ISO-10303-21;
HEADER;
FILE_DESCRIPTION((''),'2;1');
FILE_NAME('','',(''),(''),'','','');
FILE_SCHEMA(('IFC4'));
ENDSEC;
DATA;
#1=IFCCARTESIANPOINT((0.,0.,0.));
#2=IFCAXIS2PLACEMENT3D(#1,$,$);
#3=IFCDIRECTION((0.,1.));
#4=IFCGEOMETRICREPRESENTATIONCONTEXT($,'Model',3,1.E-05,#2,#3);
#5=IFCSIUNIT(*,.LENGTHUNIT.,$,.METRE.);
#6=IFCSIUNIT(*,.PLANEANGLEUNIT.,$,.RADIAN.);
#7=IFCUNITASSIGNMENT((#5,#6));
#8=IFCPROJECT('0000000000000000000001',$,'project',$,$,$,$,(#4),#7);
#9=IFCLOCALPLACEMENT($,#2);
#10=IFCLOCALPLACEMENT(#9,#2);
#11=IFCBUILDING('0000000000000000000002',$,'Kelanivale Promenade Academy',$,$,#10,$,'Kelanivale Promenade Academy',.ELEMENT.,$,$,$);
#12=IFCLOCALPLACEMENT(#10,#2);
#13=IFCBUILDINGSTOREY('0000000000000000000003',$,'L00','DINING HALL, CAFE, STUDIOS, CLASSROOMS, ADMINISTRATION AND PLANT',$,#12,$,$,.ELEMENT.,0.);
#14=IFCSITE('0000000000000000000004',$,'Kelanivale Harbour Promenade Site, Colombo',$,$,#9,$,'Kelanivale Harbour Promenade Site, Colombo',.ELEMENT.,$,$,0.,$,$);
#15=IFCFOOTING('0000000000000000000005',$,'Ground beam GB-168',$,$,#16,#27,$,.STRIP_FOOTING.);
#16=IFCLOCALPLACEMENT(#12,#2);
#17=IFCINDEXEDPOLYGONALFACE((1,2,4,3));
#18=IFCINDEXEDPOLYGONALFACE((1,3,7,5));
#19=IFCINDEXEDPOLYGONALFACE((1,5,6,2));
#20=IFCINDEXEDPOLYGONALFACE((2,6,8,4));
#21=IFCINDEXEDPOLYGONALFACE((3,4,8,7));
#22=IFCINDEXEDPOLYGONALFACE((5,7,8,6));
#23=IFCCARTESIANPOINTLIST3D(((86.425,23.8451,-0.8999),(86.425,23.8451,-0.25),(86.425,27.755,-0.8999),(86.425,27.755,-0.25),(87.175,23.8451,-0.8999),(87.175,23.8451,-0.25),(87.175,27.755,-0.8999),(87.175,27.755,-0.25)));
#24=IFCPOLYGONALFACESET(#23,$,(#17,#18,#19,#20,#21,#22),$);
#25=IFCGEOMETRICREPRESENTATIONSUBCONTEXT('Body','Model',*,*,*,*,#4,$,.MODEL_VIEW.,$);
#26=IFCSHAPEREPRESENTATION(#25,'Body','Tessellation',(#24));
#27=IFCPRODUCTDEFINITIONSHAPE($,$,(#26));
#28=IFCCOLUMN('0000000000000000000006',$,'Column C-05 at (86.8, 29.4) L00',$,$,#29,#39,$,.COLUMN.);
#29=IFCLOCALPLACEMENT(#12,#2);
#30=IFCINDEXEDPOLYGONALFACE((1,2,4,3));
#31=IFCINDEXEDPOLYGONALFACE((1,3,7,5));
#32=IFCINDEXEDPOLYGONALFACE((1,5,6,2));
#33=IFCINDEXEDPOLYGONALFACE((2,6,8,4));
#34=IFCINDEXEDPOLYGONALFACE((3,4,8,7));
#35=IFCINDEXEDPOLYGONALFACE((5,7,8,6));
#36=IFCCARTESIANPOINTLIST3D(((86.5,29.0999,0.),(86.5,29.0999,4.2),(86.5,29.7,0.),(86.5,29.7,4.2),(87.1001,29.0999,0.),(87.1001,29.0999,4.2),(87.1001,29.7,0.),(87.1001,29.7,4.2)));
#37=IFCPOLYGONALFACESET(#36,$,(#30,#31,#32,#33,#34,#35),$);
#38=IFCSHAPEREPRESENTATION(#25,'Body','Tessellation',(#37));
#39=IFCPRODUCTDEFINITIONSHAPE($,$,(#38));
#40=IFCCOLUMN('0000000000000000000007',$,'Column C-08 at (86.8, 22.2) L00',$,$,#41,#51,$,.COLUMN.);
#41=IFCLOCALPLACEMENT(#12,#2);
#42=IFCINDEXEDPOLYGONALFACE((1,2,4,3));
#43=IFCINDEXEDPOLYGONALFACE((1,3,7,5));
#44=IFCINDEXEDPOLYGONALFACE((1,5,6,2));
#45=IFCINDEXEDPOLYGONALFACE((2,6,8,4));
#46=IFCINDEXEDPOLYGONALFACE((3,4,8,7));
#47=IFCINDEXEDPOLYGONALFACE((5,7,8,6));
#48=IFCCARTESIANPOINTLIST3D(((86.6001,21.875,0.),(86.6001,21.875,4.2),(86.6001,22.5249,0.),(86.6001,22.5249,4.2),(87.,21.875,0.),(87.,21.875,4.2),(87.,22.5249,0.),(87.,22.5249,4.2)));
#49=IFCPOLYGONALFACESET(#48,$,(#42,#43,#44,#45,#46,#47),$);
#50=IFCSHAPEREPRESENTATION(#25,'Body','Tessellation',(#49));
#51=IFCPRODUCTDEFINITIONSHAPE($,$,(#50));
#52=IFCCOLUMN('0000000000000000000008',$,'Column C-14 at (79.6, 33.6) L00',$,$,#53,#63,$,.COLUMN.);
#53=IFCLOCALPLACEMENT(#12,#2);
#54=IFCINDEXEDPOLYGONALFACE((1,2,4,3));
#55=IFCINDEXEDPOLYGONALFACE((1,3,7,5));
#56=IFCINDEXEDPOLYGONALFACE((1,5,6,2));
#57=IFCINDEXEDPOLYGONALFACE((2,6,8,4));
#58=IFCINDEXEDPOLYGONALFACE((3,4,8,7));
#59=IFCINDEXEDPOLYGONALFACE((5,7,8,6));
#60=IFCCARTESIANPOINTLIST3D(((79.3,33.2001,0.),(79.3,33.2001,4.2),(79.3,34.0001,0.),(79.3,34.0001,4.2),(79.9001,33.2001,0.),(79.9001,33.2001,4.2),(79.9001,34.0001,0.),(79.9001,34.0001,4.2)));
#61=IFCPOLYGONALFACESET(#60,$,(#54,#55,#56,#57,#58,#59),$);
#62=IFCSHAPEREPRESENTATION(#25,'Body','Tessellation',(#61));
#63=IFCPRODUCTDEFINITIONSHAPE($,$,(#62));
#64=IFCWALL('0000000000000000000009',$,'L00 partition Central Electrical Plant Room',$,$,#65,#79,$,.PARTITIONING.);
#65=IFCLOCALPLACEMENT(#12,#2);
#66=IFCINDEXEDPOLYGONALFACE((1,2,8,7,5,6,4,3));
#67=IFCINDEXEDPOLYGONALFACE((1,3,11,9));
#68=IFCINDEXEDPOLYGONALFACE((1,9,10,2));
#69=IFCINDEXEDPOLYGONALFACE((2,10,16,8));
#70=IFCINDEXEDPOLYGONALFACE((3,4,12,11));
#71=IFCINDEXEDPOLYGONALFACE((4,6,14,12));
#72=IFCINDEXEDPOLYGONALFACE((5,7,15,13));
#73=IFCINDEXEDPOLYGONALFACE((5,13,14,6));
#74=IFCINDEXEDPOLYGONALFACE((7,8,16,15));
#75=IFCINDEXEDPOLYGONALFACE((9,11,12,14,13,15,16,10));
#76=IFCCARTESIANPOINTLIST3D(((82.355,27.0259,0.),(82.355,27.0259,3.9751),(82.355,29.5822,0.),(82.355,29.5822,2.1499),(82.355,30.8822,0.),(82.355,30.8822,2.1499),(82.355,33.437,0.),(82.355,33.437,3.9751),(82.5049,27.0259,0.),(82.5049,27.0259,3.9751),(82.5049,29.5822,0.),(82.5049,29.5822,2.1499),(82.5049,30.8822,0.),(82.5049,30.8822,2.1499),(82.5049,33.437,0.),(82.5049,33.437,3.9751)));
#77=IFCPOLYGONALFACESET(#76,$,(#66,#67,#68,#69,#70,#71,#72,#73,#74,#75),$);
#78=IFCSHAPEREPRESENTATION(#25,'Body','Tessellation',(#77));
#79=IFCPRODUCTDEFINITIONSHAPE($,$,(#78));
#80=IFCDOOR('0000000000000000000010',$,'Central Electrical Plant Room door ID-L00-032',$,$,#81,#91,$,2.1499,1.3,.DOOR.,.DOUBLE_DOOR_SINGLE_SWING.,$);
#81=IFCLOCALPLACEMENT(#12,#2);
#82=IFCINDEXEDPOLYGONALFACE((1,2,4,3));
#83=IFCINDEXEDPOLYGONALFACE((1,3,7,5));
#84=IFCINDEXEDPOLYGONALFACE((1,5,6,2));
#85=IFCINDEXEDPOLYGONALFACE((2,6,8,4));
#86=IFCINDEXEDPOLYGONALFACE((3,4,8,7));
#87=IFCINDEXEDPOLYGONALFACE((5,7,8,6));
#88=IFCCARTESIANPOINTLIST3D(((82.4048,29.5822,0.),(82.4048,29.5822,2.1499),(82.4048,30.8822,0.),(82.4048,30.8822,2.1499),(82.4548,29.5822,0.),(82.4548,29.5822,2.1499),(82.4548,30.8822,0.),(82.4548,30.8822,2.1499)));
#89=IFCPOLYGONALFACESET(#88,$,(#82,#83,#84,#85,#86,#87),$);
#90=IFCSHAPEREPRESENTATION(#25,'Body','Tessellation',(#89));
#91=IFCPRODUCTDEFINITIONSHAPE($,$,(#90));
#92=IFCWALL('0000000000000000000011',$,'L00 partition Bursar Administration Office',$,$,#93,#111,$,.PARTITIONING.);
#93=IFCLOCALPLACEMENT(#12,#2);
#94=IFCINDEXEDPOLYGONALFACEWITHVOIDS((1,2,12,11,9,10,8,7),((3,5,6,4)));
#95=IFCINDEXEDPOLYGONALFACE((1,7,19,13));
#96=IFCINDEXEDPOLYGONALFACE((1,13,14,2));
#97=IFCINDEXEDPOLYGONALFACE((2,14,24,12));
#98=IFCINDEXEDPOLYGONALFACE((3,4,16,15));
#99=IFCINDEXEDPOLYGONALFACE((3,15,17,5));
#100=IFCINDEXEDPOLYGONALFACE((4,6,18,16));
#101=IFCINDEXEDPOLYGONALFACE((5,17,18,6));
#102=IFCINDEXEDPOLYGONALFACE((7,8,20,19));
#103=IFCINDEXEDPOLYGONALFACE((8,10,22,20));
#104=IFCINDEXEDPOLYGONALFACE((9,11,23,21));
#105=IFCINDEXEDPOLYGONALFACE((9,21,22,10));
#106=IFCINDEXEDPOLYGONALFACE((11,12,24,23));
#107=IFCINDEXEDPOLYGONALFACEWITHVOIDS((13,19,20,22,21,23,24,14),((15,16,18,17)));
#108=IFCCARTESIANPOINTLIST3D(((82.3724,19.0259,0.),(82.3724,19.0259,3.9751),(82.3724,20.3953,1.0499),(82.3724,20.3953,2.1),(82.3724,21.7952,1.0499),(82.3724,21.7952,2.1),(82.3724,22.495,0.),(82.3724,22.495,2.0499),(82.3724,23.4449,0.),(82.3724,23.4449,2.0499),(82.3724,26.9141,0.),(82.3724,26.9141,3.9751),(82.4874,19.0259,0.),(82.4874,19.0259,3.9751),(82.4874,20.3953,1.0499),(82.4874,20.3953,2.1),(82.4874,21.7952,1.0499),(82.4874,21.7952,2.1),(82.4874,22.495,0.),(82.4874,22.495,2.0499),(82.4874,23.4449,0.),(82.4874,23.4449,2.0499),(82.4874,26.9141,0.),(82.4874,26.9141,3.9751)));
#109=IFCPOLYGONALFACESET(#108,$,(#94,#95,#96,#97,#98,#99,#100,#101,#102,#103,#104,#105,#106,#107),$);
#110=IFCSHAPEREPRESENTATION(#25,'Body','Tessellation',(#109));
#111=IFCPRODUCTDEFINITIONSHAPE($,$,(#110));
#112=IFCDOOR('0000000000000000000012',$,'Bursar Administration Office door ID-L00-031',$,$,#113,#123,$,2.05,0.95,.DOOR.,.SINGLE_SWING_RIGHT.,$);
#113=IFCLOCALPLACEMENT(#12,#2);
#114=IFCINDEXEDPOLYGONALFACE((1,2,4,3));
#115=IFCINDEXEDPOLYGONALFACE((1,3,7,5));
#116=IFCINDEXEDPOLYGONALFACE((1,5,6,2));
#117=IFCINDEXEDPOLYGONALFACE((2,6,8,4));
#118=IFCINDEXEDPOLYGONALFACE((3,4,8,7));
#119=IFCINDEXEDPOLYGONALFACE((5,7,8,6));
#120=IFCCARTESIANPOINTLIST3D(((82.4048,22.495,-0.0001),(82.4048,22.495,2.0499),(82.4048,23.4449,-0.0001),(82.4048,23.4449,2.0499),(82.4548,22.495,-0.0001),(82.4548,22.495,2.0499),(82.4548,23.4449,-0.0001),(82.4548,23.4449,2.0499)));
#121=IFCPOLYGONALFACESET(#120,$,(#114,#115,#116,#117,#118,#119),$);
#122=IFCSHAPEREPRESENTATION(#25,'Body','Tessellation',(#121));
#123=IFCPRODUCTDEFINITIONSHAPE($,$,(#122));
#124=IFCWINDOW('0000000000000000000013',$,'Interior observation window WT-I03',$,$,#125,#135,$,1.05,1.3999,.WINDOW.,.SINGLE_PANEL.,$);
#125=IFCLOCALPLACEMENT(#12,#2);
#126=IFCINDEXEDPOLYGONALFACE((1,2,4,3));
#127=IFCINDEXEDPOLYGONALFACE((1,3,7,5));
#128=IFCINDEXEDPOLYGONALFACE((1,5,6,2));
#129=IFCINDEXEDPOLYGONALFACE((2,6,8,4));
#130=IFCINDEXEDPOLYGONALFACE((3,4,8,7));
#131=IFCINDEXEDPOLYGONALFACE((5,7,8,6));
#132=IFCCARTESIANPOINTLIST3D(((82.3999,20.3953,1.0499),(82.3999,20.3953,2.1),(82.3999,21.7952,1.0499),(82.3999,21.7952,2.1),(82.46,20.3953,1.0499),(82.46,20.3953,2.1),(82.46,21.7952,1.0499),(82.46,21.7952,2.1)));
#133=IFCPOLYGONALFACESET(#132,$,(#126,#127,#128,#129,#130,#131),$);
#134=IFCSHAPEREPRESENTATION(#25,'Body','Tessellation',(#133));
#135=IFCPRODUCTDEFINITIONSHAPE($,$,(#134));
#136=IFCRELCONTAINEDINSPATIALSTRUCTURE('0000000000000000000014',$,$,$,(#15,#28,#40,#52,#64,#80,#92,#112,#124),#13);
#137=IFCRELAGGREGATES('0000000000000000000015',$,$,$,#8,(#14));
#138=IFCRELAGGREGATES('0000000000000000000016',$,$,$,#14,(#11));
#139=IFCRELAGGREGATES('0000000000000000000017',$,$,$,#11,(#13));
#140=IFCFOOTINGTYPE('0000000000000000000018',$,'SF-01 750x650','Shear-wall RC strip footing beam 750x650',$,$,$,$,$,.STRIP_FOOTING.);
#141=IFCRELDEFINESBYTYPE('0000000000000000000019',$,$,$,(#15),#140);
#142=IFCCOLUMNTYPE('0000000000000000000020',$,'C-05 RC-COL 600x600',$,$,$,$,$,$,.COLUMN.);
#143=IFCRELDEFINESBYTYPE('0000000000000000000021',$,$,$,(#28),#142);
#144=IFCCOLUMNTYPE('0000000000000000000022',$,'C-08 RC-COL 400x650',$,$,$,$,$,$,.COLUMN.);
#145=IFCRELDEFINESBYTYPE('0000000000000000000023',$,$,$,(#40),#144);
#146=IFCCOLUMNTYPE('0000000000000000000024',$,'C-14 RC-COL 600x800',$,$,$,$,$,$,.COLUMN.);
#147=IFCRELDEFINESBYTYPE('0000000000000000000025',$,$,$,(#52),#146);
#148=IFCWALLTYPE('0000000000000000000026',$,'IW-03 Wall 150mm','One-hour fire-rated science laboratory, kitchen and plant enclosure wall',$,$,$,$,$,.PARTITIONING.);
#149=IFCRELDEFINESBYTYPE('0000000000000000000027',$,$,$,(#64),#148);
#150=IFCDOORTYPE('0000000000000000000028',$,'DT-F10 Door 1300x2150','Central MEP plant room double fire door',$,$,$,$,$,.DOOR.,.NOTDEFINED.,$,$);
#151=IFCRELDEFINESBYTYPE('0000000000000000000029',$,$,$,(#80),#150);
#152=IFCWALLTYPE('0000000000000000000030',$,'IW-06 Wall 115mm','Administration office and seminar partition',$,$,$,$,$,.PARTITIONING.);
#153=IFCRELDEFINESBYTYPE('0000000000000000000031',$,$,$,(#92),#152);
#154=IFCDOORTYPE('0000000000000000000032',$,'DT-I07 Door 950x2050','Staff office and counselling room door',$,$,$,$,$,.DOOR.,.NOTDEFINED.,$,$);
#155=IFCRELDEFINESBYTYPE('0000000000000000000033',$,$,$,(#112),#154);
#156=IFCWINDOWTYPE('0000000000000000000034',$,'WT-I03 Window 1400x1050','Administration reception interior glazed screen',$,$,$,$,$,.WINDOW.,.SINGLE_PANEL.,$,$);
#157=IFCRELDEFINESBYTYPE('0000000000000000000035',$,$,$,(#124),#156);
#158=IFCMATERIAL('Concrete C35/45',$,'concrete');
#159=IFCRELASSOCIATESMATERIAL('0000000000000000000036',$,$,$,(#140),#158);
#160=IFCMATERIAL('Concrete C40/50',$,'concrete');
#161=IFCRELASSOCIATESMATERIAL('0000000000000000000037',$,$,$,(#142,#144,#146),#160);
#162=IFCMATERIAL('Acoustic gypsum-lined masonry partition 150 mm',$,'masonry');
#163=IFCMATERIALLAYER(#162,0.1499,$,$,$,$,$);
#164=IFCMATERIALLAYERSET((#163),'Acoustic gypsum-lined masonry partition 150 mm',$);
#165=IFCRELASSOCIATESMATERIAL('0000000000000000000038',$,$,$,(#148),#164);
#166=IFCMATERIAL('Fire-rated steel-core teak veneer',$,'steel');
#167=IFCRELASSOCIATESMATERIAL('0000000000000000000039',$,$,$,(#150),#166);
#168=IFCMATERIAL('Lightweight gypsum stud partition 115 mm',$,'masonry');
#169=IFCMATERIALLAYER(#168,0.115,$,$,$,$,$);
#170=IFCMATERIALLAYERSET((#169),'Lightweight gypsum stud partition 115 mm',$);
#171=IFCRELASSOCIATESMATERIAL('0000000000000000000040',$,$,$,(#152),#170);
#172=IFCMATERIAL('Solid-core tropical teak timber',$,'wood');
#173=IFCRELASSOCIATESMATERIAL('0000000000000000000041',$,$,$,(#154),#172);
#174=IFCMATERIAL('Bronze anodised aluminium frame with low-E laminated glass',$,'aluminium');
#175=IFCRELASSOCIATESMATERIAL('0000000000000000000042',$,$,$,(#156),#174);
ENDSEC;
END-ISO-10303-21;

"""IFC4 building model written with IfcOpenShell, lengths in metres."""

from ifc_helpers import new_model, si_unit, direction, frame, frame_2d, origin, origin_2d, place, context, subcontext, project, spatial, rectangle, extrude, material, layer, layer_set, material_profile, profile_set, type_object, element, fill, save


model = new_model("IFC4")

# Units and contexts
model_context = context("Model", 3, precision=1e-05, world=origin(), true_north=direction((0.0, 1.0)))
body_context = subcontext(model_context, "Body", "Model", "MODEL_VIEW")
ifc_project = project(units=[si_unit("LENGTHUNIT", "METRE"), si_unit("PLANEANGLEUNIT", "RADIAN")], contexts=[model_context])

# Site, building, storey
site_placement = place(None, origin())
site = spatial("IfcSite", under=ifc_project, at=site_placement, Name="Kelanivale Harbour Promenade Site, Colombo", LongName="Kelanivale Harbour Promenade Site, Colombo", CompositionType="ELEMENT", RefElevation=0.0)
building_placement = place(site_placement, origin())
building = spatial("IfcBuilding", under=site, at=building_placement, Name="Kelanivale Promenade Academy", LongName="Kelanivale Promenade Academy", CompositionType="ELEMENT")
storey_placement = place(building_placement, origin())
storey = spatial("IfcBuildingStorey", under=building, at=storey_placement, Name="L00", Description="DINING HALL, CAFE, STUDIOS, CLASSROOMS, ADMINISTRATION AND PLANT", CompositionType="ELEMENT", Elevation=0.0)

# Shared definitions
ifc_material_1 = material(Name="Concrete C35/45", Category="concrete")

# Footing
footing_type_1 = type_object("IfcFootingType", Name="SF-01 750x650", Description="Shear-wall RC strip footing beam 750x650", PredefinedType="STRIP_FOOTING", material=ifc_material_1)
for number, where, z_axis, x_axis, name in (
    (1, (86.8, 25.8, -0.8999), (0.0, 0.0, 1.0), (0.0, 1.0, 0.0), "Ground beam GB-168"),
):
    element("IfcFooting", number, at=place(storey_placement, frame(where, z_axis=z_axis, x_axis=x_axis)), inside=storey, type_object=footing_type_1, Name=name, PredefinedType="STRIP_FOOTING", context=body_context, shape_type="SweptSolid", body=[
        extrude(rectangle(XDim=3.9099, YDim=0.75, at=origin_2d()), origin(), (0.0, 0.0, 1.0), 0.6499),
    ])

# Columns
ifc_material_2 = material(Name="Concrete C40/50", Category="concrete")
ifc_material_profile_1 = material_profile(ifc_material_2, rectangle(XDim=0.6001, YDim=0.6001, at=origin_2d()), Name="RC-COL 600x600")
ifc_profile_set_1 = profile_set([ifc_material_profile_1], Name="Concrete C40/50")
column_type_1 = type_object("IfcColumnType", Name="C-05 RC-COL 600x600", PredefinedType="COLUMN", material=ifc_profile_set_1)
column_1_placement = place(storey_placement, frame((86.8, 29.3999, 0.0), z_axis=(0.0, 0.0, 1.0), x_axis=(1.0, 0.0, 0.0)))
element("IfcColumn", 2, at=column_1_placement, inside=storey, type_object=column_type_1, Name="Column C-05 at (86.8, 29.4) L00", PredefinedType="COLUMN", context=body_context, shape_type="SweptSolid", body=[
    extrude(rectangle(XDim=0.6001, YDim=0.6001, at=origin_2d()), origin(), (0.0, 0.0, 1.0), 4.2),
])
ifc_material_profile_2 = material_profile(ifc_material_2, rectangle(XDim=0.3999, YDim=0.6499, at=origin_2d()), Name="RC-COL 400x650")
ifc_profile_set_2 = profile_set([ifc_material_profile_2], Name="Concrete C40/50")
column_type_2 = type_object("IfcColumnType", Name="C-08 RC-COL 400x650", PredefinedType="COLUMN", material=ifc_profile_set_2)
column_2_placement = place(storey_placement, frame((86.8, 22.2, 0.0), z_axis=(0.0, 0.0, 1.0), x_axis=(1.0, 0.0, 0.0)))
element("IfcColumn", 3, at=column_2_placement, inside=storey, type_object=column_type_2, Name="Column C-08 at (86.8, 22.2) L00", PredefinedType="COLUMN", context=body_context, shape_type="SweptSolid", body=[
    extrude(rectangle(XDim=0.3999, YDim=0.6499, at=origin_2d()), origin(), (0.0, 0.0, 1.0), 4.2),
])
ifc_material_profile_3 = material_profile(ifc_material_2, rectangle(XDim=0.6001, YDim=0.8, at=origin_2d()), Name="RC-COL 600x800")
ifc_profile_set_3 = profile_set([ifc_material_profile_3], Name="Concrete C40/50")
column_type_3 = type_object("IfcColumnType", Name="C-14 RC-COL 600x800", PredefinedType="COLUMN", material=ifc_profile_set_3)
column_3_placement = place(storey_placement, frame((79.6001, 33.6001, 0.0), z_axis=(0.0, 0.0, 1.0), x_axis=(1.0, 0.0, 0.0)))
element("IfcColumn", 4, at=column_3_placement, inside=storey, type_object=column_type_3, Name="Column C-14 at (79.6, 33.6) L00", PredefinedType="COLUMN", context=body_context, shape_type="SweptSolid", body=[
    extrude(rectangle(XDim=0.6001, YDim=0.8, at=origin_2d()), origin(), (0.0, 0.0, 1.0), 4.2),
])

# Wall, opening, door
ifc_material_3 = material(Name="Acoustic gypsum-lined masonry partition 150 mm", Category="masonry")
ifc_layer_1 = layer(ifc_material_3, 0.1499)
ifc_layer_set_1 = layer_set([ifc_layer_1], Name="Acoustic gypsum-lined masonry partition 150 mm")
wall_type_1 = type_object("IfcWallType", Name="IW-03 Wall 150mm", Description="One-hour fire-rated science laboratory, kitchen and plant enclosure wall", PredefinedType="PARTITIONING", material=ifc_layer_set_1)
wall_1_placement = place(storey_placement, frame((82.4299, 33.437, 0.0), z_axis=(0.0, 0.0, 1.0), x_axis=(0.0, -1.0, 0.0)))
wall_1 = element("IfcWall", 5, at=wall_1_placement, inside=storey, type_object=wall_type_1, Name="L00 partition Central Electrical Plant Room", PredefinedType="PARTITIONING", context=body_context, shape_type="SweptSolid", body=[
    extrude(rectangle(XDim=6.4111, YDim=0.1499, at=frame_2d((3.2056, 0.0))), origin(), (0.0, 0.0, 1.0), 3.9751),
])
opening_1_placement = place(wall_1_placement, frame((2.5549, 0.0, 0.0)))
opening_1 = element("IfcOpeningElement", 6, at=opening_1_placement, cuts=wall_1, PredefinedType="OPENING", context=body_context, shape_type="SweptSolid", body=[
    extrude(rectangle(XDim=1.3, YDim=2.1499, at=frame_2d((0.6499, 1.075))), frame((0.0, 0.085, 0.0), z_axis=(0.0, -1.0, 0.0), x_axis=(1.0, 0.0, 0.0)), (0.0, 0.0, 1.0), 0.1699),
])
ifc_material_4 = material(Name="Fire-rated steel-core teak veneer", Category="steel")
door_type_1 = type_object("IfcDoorType", Name="DT-F10 Door 1300x2150", Description="Central MEP plant room double fire door", OperationType="NOTDEFINED", PredefinedType="DOOR", material=ifc_material_4)
door_1_placement = place(opening_1_placement, origin())
door_1 = element("IfcDoor", 7, at=door_1_placement, inside=storey, type_object=door_type_1, Name="Central Electrical Plant Room door ID-L00-032", OperationType="DOUBLE_DOOR_SINGLE_SWING", OverallHeight=2.1499, OverallWidth=1.3, PredefinedType="DOOR", context=body_context, shape_type="SweptSolid", body=[
    extrude(rectangle(XDim=1.3, YDim=2.1499, at=frame_2d((0.6499, 1.075))), frame((0.0, 0.0249, 0.0), z_axis=(0.0, -1.0, 0.0), x_axis=(1.0, 0.0, 0.0)), (0.0, 0.0, 1.0), 0.05),
])
fill(opening_1, door_1)

# Wall, openings, door, window
ifc_material_5 = material(Name="Lightweight gypsum stud partition 115 mm", Category="masonry")
ifc_layer_2 = layer(ifc_material_5, 0.115)
ifc_layer_set_2 = layer_set([ifc_layer_2], Name="Lightweight gypsum stud partition 115 mm")
wall_type_2 = type_object("IfcWallType", Name="IW-06 Wall 115mm", Description="Administration office and seminar partition", PredefinedType="PARTITIONING", material=ifc_layer_set_2)
wall_2_placement = place(storey_placement, frame((82.4299, 26.9141, 0.0), z_axis=(0.0, 0.0, 1.0), x_axis=(0.0, -1.0, 0.0)))
wall_2 = element("IfcWall", 8, at=wall_2_placement, inside=storey, type_object=wall_type_2, Name="L00 partition Bursar Administration Office", PredefinedType="PARTITIONING", context=body_context, shape_type="SweptSolid", body=[
    extrude(rectangle(XDim=7.8882, YDim=0.115, at=frame_2d((3.9441, 0.0))), origin(), (0.0, 0.0, 1.0), 3.9751),
])
opening_2_placement = place(wall_2_placement, frame((3.469, 0.0, 0.0)))
opening_2 = element("IfcOpeningElement", 9, at=opening_2_placement, cuts=wall_2, PredefinedType="OPENING", context=body_context, shape_type="SweptSolid", body=[
    extrude(rectangle(XDim=0.95, YDim=2.05, at=frame_2d((0.4751, 1.0249))), frame((0.0, 0.0674, 0.0), z_axis=(0.0, -1.0, 0.0), x_axis=(1.0, 0.0, 0.0)), (0.0, 0.0, 1.0), 0.135),
])
opening_3_placement = place(wall_2_placement, frame((5.1189, 0.0, 1.05)))
opening_3 = element("IfcOpeningElement", 10, at=opening_3_placement, cuts=wall_2, PredefinedType="OPENING", context=body_context, shape_type="SweptSolid", body=[
    extrude(rectangle(XDim=1.3999, YDim=1.05, at=frame_2d((0.7, 0.5249))), frame((0.0, 0.0674, 0.0), z_axis=(0.0, -1.0, 0.0), x_axis=(1.0, 0.0, 0.0)), (0.0, 0.0, 1.0), 0.135),
])
ifc_material_6 = material(Name="Solid-core tropical teak timber", Category="wood")
door_type_2 = type_object("IfcDoorType", Name="DT-I07 Door 950x2050", Description="Staff office and counselling room door", OperationType="NOTDEFINED", PredefinedType="DOOR", material=ifc_material_6)
door_2_placement = place(opening_2_placement, origin())
door_2 = element("IfcDoor", 11, at=door_2_placement, inside=storey, type_object=door_type_2, Name="Bursar Administration Office door ID-L00-031", OperationType="SINGLE_SWING_RIGHT", OverallHeight=2.05, OverallWidth=0.95, PredefinedType="DOOR", context=body_context, shape_type="SweptSolid", body=[
    extrude(rectangle(XDim=0.95, YDim=2.05, at=frame_2d((0.4751, 1.0249))), frame((0.0, 0.0249, 0.0), z_axis=(0.0, -1.0, 0.0), x_axis=(1.0, 0.0, 0.0)), (0.0, 0.0, 1.0), 0.05),
])
fill(opening_2, door_2)
ifc_material_7 = material(Name="Bronze anodised aluminium frame with low-E laminated glass", Category="aluminium")
window_type = type_object("IfcWindowType", Name="WT-I03 Window 1400x1050", Description="Administration reception interior glazed screen", PartitioningType="SINGLE_PANEL", PredefinedType="WINDOW", material=ifc_material_7)
window_placement = place(opening_3_placement, origin())
window = element("IfcWindow", 12, at=window_placement, inside=storey, type_object=window_type, Name="Interior observation window WT-I03", OverallHeight=1.05, OverallWidth=1.3999, PartitioningType="SINGLE_PANEL", PredefinedType="WINDOW", context=body_context, shape_type="SweptSolid", body=[
    extrude(rectangle(XDim=1.3999, YDim=1.05, at=frame_2d((0.7, 0.5249))), frame((0.0, 0.03, 0.0), z_axis=(0.0, -1.0, 0.0), x_axis=(1.0, 0.0, 0.0)), (0.0, 0.0, 1.0), 0.0601),
])
fill(opening_3, window)

save(model, "model.ifc")
